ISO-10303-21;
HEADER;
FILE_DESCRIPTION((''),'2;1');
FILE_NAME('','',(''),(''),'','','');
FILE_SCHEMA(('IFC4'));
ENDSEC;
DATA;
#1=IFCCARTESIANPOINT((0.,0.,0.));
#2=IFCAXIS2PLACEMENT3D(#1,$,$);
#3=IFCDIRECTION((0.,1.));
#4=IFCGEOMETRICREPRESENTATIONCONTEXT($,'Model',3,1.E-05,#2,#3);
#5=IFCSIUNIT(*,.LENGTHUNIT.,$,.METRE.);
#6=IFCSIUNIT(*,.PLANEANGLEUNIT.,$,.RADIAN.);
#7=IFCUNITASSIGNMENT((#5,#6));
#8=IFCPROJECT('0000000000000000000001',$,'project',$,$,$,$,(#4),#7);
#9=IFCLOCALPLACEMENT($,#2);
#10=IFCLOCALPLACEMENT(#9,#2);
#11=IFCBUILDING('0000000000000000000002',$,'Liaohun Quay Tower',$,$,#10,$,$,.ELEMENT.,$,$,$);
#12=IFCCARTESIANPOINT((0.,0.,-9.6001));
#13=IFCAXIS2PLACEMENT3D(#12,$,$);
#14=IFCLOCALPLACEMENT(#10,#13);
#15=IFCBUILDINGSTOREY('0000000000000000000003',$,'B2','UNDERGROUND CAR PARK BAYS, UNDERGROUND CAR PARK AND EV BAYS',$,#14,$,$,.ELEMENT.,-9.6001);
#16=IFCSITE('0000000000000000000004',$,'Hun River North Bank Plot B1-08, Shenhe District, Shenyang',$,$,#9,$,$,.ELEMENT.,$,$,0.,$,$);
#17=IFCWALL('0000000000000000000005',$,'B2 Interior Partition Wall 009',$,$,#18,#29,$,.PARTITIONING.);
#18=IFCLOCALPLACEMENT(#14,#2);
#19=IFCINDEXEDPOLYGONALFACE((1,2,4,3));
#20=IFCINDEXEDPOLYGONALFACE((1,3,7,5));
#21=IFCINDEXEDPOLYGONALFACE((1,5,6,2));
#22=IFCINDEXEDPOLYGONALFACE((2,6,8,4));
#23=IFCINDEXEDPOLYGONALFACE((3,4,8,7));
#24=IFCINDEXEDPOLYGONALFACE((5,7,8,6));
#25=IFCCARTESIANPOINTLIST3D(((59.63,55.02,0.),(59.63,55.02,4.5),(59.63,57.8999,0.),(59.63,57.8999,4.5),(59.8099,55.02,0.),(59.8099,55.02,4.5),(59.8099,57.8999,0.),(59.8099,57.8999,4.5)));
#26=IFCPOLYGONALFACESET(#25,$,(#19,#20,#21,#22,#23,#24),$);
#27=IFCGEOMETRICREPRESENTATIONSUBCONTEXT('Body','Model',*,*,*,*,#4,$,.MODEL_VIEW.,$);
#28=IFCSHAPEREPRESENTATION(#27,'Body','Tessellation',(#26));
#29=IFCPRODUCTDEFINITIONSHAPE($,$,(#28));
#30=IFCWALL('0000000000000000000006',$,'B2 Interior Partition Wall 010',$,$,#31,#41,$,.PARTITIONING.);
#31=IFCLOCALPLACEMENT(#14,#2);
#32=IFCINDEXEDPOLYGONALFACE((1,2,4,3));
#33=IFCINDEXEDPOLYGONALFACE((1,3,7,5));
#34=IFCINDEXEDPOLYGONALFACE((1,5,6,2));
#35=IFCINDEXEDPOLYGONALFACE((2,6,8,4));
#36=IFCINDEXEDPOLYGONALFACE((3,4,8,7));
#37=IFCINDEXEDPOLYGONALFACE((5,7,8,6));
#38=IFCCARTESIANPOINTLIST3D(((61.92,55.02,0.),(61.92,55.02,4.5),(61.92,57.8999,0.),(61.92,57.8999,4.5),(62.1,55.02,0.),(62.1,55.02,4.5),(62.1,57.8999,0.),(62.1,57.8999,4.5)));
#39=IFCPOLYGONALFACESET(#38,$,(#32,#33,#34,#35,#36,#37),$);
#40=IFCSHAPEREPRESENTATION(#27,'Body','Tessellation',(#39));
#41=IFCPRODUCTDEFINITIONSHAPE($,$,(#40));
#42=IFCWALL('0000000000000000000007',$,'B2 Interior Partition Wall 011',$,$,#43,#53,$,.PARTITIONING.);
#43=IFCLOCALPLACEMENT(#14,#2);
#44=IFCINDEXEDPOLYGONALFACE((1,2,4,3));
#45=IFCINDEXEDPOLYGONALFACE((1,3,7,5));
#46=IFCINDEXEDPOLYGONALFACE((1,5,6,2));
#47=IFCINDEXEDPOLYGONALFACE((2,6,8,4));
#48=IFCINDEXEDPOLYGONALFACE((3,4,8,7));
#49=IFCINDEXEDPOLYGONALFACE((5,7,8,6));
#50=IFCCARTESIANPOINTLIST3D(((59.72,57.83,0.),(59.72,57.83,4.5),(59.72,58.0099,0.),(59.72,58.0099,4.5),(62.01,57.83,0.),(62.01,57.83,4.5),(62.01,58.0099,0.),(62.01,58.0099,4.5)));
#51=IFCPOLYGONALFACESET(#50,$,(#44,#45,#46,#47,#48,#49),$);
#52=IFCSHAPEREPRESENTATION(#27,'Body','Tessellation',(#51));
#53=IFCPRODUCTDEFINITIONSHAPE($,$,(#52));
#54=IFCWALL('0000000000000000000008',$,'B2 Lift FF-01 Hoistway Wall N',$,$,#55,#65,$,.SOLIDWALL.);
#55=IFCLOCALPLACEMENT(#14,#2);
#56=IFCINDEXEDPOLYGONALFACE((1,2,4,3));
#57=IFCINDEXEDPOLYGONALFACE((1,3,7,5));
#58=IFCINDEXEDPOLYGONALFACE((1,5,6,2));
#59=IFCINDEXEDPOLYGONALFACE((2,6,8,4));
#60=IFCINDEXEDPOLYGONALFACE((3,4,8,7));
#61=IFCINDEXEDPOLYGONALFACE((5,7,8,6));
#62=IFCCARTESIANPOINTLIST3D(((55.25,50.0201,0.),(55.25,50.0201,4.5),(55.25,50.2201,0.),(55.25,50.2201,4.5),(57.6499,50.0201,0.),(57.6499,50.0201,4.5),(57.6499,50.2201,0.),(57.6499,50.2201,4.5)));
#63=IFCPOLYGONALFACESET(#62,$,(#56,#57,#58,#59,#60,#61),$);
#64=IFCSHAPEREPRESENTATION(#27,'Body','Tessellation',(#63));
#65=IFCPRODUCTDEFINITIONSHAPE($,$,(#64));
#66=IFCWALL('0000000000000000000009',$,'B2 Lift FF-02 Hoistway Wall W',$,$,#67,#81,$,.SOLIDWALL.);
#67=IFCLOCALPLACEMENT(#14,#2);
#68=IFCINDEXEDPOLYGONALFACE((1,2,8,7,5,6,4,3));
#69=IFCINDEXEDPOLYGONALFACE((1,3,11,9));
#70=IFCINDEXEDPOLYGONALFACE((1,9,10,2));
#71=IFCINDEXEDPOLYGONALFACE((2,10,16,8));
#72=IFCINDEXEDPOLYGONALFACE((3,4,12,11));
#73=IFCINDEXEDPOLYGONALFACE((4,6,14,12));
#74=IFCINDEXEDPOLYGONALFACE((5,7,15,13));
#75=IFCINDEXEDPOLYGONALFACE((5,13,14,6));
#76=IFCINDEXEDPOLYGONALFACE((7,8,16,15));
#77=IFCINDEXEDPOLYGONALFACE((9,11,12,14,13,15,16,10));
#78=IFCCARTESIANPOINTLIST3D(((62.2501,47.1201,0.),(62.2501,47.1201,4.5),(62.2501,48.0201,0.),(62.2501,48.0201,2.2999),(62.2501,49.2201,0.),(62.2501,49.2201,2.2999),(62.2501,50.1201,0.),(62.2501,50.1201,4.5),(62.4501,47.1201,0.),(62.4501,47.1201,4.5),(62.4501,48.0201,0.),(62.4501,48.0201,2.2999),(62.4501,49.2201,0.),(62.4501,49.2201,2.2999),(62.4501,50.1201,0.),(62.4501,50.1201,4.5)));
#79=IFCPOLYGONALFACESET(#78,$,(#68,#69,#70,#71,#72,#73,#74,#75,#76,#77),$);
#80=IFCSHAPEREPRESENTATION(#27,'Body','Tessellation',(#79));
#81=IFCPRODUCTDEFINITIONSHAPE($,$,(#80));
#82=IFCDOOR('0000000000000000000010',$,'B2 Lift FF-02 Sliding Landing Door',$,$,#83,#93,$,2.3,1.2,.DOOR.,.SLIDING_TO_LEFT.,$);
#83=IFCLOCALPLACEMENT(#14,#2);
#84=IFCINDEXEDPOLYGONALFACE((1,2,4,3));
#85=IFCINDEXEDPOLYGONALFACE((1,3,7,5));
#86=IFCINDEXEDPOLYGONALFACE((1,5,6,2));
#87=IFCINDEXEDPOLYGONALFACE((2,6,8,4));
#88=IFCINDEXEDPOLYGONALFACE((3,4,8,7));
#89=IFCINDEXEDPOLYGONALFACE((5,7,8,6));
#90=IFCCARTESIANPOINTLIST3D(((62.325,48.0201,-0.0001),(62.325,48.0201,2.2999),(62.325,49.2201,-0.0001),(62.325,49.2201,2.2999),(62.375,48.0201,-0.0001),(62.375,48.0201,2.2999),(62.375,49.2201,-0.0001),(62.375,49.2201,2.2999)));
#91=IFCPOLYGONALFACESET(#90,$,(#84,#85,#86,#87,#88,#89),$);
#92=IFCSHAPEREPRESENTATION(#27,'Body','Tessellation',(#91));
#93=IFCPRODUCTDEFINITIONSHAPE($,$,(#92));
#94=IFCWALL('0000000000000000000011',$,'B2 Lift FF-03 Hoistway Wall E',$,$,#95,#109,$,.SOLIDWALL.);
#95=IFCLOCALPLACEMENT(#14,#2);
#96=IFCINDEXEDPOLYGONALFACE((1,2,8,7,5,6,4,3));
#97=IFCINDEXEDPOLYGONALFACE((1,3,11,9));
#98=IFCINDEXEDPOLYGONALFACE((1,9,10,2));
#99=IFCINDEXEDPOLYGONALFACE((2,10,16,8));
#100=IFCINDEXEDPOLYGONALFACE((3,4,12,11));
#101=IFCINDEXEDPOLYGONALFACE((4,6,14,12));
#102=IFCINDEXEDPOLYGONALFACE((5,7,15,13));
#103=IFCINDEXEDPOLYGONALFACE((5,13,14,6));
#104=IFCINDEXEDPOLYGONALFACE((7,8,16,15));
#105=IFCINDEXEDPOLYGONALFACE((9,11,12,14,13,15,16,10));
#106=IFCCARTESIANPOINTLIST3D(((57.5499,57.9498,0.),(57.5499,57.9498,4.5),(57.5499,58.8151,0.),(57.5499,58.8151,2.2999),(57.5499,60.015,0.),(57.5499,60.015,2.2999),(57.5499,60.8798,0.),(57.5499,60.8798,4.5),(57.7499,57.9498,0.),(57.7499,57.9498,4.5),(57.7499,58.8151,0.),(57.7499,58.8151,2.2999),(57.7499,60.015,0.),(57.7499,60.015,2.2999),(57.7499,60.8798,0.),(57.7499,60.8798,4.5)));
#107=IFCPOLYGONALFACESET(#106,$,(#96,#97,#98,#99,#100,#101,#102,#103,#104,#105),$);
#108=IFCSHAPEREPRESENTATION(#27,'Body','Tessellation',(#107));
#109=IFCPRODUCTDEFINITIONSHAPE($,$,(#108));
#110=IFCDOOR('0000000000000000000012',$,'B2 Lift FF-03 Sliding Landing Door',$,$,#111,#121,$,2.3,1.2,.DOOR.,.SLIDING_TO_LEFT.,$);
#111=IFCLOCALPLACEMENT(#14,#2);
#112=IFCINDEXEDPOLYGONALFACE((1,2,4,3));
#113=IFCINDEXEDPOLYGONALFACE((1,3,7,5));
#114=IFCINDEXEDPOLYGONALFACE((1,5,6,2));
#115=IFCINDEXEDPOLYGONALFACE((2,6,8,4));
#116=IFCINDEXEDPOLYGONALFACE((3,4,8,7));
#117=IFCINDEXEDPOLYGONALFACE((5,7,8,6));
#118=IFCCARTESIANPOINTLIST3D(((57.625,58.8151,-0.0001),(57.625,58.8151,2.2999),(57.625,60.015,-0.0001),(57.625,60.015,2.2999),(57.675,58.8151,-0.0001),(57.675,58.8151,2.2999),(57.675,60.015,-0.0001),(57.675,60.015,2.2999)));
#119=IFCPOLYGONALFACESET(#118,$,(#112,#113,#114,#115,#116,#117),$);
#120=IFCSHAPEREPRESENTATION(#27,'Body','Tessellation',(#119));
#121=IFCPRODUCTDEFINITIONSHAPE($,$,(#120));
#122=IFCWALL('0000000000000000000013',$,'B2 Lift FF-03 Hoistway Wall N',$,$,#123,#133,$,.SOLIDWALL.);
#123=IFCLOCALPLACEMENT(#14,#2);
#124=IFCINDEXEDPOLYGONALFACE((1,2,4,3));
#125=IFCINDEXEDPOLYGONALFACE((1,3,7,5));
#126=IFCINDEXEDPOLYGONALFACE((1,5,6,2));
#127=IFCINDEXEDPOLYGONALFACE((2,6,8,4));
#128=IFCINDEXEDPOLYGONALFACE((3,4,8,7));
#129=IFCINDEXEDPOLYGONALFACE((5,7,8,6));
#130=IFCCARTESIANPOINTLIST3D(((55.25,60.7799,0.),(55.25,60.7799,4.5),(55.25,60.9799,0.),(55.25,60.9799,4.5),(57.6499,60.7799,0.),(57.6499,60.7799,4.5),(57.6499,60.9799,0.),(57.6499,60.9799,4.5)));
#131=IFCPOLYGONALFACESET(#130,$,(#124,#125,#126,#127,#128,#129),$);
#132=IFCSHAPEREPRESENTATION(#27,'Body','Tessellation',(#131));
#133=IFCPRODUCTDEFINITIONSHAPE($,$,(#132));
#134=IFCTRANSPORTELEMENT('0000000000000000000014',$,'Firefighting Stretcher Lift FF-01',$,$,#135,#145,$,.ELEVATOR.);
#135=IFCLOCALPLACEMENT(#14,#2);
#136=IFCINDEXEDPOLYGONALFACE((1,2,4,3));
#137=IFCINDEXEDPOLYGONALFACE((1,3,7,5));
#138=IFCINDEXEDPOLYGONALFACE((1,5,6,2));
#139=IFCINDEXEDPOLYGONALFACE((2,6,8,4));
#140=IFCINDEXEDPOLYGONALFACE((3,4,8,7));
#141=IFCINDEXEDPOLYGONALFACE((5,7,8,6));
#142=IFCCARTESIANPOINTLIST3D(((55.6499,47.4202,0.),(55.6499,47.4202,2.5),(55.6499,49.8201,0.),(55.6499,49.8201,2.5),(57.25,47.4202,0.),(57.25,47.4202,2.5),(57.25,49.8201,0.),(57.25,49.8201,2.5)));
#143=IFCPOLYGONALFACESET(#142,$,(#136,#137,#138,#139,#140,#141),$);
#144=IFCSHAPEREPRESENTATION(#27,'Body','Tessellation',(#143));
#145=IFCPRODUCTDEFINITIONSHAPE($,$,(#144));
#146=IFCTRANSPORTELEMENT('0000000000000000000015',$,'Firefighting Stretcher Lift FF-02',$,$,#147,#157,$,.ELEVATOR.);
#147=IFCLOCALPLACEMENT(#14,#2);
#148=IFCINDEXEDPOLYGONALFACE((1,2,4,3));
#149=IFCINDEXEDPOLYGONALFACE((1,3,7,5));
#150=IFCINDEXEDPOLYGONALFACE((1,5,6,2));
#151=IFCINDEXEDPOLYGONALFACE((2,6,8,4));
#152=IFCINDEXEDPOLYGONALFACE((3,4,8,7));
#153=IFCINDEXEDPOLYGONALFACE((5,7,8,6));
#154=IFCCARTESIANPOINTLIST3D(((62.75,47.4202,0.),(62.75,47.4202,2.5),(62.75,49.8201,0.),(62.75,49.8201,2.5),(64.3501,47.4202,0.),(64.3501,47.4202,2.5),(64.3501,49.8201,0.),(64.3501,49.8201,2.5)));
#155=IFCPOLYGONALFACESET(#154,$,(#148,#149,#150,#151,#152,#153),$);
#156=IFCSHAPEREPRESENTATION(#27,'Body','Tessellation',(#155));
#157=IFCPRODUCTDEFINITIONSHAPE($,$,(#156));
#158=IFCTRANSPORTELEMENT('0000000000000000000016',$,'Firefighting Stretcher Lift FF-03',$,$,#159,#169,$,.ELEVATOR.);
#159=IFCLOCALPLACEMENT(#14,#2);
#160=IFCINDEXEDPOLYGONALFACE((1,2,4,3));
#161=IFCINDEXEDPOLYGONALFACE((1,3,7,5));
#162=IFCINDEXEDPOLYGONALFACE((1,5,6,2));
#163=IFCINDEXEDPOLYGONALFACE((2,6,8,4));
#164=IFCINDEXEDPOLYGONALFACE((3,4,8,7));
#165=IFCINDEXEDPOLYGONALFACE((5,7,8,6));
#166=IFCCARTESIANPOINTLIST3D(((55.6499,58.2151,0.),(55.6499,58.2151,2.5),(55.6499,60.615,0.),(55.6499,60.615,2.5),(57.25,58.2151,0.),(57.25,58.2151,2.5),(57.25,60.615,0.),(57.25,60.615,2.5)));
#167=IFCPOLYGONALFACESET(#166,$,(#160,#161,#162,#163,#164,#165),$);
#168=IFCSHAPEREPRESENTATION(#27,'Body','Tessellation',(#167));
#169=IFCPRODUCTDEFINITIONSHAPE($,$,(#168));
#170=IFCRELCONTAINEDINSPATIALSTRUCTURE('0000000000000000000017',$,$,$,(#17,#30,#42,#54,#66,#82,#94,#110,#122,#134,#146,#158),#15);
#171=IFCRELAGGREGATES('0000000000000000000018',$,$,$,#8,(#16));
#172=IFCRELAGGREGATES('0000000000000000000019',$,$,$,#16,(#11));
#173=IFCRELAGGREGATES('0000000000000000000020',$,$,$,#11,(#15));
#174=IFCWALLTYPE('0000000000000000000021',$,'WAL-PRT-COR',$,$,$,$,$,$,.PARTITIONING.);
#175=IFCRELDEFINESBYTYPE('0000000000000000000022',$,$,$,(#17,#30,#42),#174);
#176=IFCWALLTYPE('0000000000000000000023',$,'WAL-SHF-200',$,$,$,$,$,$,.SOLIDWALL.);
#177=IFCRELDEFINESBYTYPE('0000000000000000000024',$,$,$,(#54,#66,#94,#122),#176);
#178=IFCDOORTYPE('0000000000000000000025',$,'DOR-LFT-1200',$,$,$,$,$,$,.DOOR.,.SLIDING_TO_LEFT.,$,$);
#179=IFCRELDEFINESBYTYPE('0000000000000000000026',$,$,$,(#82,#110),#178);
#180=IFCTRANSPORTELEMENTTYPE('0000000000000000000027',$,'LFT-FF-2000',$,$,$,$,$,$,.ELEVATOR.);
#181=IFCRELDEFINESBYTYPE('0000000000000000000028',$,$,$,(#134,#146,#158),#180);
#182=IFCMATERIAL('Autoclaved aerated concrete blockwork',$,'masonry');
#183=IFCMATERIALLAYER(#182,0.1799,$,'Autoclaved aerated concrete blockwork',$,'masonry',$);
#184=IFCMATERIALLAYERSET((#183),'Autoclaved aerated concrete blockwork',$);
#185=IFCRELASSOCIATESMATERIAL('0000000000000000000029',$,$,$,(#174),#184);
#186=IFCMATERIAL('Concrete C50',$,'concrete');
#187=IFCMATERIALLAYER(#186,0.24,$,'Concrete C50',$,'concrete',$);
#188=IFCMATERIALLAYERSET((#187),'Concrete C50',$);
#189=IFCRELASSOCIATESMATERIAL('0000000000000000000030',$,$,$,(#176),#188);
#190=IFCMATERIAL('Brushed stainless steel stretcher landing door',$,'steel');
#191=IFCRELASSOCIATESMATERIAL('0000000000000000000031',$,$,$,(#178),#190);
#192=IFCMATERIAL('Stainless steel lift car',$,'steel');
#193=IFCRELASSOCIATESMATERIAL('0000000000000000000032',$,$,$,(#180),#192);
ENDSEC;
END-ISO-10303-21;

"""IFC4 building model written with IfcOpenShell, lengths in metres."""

from ifc_helpers import new_model, si_unit, direction, frame, frame_2d, origin, origin_2d, place, context, subcontext, project, spatial, rectangle, extrude, source, transform, mapped, material, layer, layer_set, type_object, element, fill, save


model = new_model("IFC4")

# Units and contexts
model_context = context("Model", 3, precision=1e-05, world=origin(), true_north=direction((0.0, 1.0)))
body_context = subcontext(model_context, "Body", "Model", "MODEL_VIEW")
ifc_project = project(units=[si_unit("LENGTHUNIT", "METRE"), si_unit("PLANEANGLEUNIT", "RADIAN")], contexts=[model_context])

# Site, building, storey
site_placement = place(None, origin())
site = spatial("IfcSite", under=ifc_project, at=site_placement, Name="Hun River North Bank Plot B1-08, Shenhe District, Shenyang", CompositionType="ELEMENT", RefElevation=0.0)
building_placement = place(site_placement, origin())
building = spatial("IfcBuilding", under=site, at=building_placement, Name="Liaohun Quay Tower", CompositionType="ELEMENT")
storey_placement = place(building_placement, frame((0.0, 0.0, -9.6001)))
storey = spatial("IfcBuildingStorey", under=building, at=storey_placement, Name="B2", Description="UNDERGROUND CAR PARK BAYS, UNDERGROUND CAR PARK AND EV BAYS", CompositionType="ELEMENT", Elevation=-9.6001)

# Shared definitions
ifc_material_1 = material(Name="Concrete C50", Category="concrete")

# Shared definitions
ifc_material_2 = material(Name="Autoclaved aerated concrete blockwork", Category="masonry")
ifc_layer_1 = layer(ifc_material_2, 0.1799, Name="Autoclaved aerated concrete blockwork", Category="masonry")
ifc_layer_set_1 = layer_set([ifc_layer_1], Name="Autoclaved aerated concrete blockwork")
wall_type_1 = type_object("IfcWallType", Name="WAL-PRT-COR", PredefinedType="PARTITIONING", material=ifc_layer_set_1)

# Walls
for number, where, z_axis, x_axis, name in (
    (1, (59.72, 55.02, 0.0), (0.0, 0.0, 1.0), (0.0, 1.0, 0.0), "B2 Interior Partition Wall 009"),
    (2, (62.01, 55.02, 0.0), (0.0, 0.0, 1.0), (0.0, 1.0, 0.0), "B2 Interior Partition Wall 010"),
):
    element("IfcWall", number, at=place(storey_placement, frame(where, z_axis=z_axis, x_axis=x_axis)), inside=storey, type_object=wall_type_1, Name=name, PredefinedType="PARTITIONING", context=body_context, shape_type="SweptSolid", body=[
        extrude(rectangle(XDim=2.8799, YDim=0.1799, at=frame_2d((1.4399, 0.0))), origin(), (0.0, 0.0, 1.0), 4.5),
    ])
wall_1_placement = place(storey_placement, frame((59.72, 57.9199, 0.0), z_axis=(0.0, 0.0, 1.0), x_axis=(1.0, 0.0, 0.0)))
element("IfcWall", 3, at=wall_1_placement, inside=storey, type_object=wall_type_1, Name="B2 Interior Partition Wall 011", PredefinedType="PARTITIONING", context=body_context, shape_type="SweptSolid", body=[
    extrude(rectangle(XDim=2.29, YDim=0.1799, at=frame_2d((1.145, 0.0))), origin(), (0.0, 0.0, 1.0), 4.5),
])
ifc_layer_2 = layer(ifc_material_1, 0.24, Name="Concrete C50", Category="concrete")
ifc_layer_set_2 = layer_set([ifc_layer_2], Name="Concrete C50")
wall_type_2 = type_object("IfcWallType", Name="WAL-SHF-200", PredefinedType="SOLIDWALL", material=ifc_layer_set_2)
wall_2_placement = place(storey_placement, frame((57.6499, 50.1201, 0.0), z_axis=(0.0, 0.0, 1.0), x_axis=(-1.0, 0.0, 0.0)))
element("IfcWall", 4, at=wall_2_placement, inside=storey, type_object=wall_type_2, Name="B2 Lift FF-01 Hoistway Wall N", PredefinedType="SOLIDWALL", context=body_context, shape_type="SweptSolid", body=[
    extrude(rectangle(XDim=2.3999, YDim=0.2, at=frame_2d((1.2, 0.0))), origin(), (0.0, 0.0, 1.0), 4.5),
])

# Walls, openings, doors
wall_3_placement = place(storey_placement, frame((62.3501, 50.1201, 0.0), z_axis=(0.0, 0.0, 1.0), x_axis=(0.0, -1.0, 0.0)))
wall_3 = element("IfcWall", 5, at=wall_3_placement, inside=storey, type_object=wall_type_2, Name="B2 Lift FF-02 Hoistway Wall W", PredefinedType="SOLIDWALL", context=body_context, shape_type="SweptSolid", body=[
    extrude(rectangle(XDim=3.0, YDim=0.2, at=frame_2d((1.5, 0.0))), origin(), (0.0, 0.0, 1.0), 4.5),
])
shared_shape_1 = source(origin(), body_context, "Body", "SweptSolid", [
    extrude(rectangle(XDim=1.2, YDim=2.3, at=frame_2d((0.6001, 1.1499))), frame((0.0, 0.1099, 0.0), z_axis=(0.0, -1.0, 0.0), x_axis=(1.0, 0.0, 0.0)), (0.0, 0.0, 1.0), 0.22),
])
opening_1_placement = place(wall_3_placement, frame((0.8999, 0.0, 0.0)))
opening_1 = element("IfcOpeningElement", 6, at=opening_1_placement, cuts=wall_3, PredefinedType="OPENING", context=body_context, shape_type="MappedRepresentation", body=[
    mapped(shared_shape_1, transform((0.0, 0.0, 0.0), x_axis=(1.0, 0.0, 0.0), y_axis=(0.0, 1.0, 0.0), z_axis=(0.0, 0.0, 1.0), scale=1.0)),
])
ifc_material_3 = material(Name="Brushed stainless steel stretcher landing door", Category="steel")
door_type_1 = type_object("IfcDoorType", Name="DOR-LFT-1200", OperationType="SLIDING_TO_LEFT", PredefinedType="DOOR", material=ifc_material_3)
shared_shape_2 = source(origin(), body_context, "Body", "SweptSolid", [
    extrude(rectangle(XDim=1.2, YDim=2.3, at=frame_2d((0.6001, 1.1499))), frame((0.0, 0.0249, 0.0), z_axis=(0.0, -1.0, 0.0), x_axis=(1.0, 0.0, 0.0)), (0.0, 0.0, 1.0), 0.05),
])
door_1_placement = place(opening_1_placement, origin())
door_1 = element("IfcDoor", 7, at=door_1_placement, inside=storey, type_object=door_type_1, Name="B2 Lift FF-02 Sliding Landing Door", OperationType="SLIDING_TO_LEFT", OverallHeight=2.3, OverallWidth=1.2, PredefinedType="DOOR", context=body_context, shape_type="MappedRepresentation", body=[
    mapped(shared_shape_2, transform((0.0, 0.0, 0.0), x_axis=(1.0, 0.0, 0.0), y_axis=(0.0, 1.0, 0.0), z_axis=(0.0, 0.0, 1.0), scale=1.0)),
])
fill(opening_1, door_1)
wall_4_placement = place(storey_placement, frame((57.6499, 57.95, 0.0), z_axis=(0.0, 0.0, 1.0), x_axis=(0.0, 1.0, 0.0)))
wall_4 = element("IfcWall", 8, at=wall_4_placement, inside=storey, type_object=wall_type_2, Name="B2 Lift FF-03 Hoistway Wall E", PredefinedType="SOLIDWALL", context=body_context, shape_type="SweptSolid", body=[
    extrude(rectangle(XDim=2.9299, YDim=0.2, at=frame_2d((1.4648, 0.0))), origin(), (0.0, 0.0, 1.0), 4.5),
])
opening_2_placement = place(wall_4_placement, frame((0.865, 0.0, 0.0)))
opening_2 = element("IfcOpeningElement", 9, at=opening_2_placement, cuts=wall_4, PredefinedType="OPENING", context=body_context, shape_type="MappedRepresentation", body=[
    mapped(shared_shape_1, transform((0.0, 0.0, 0.0), x_axis=(1.0, 0.0, 0.0), y_axis=(0.0, 1.0, 0.0), z_axis=(0.0, 0.0, 1.0), scale=1.0)),
])
door_2_placement = place(opening_2_placement, origin())
door_2 = element("IfcDoor", 10, at=door_2_placement, inside=storey, type_object=door_type_1, Name="B2 Lift FF-03 Sliding Landing Door", OperationType="SLIDING_TO_LEFT", OverallHeight=2.3, OverallWidth=1.2, PredefinedType="DOOR", context=body_context, shape_type="MappedRepresentation", body=[
    mapped(shared_shape_2, transform((0.0, 0.0, 0.0), x_axis=(1.0, 0.0, 0.0), y_axis=(0.0, 1.0, 0.0), z_axis=(0.0, 0.0, 1.0), scale=1.0)),
])
fill(opening_2, door_2)

# Wall
wall_5_placement = place(storey_placement, frame((57.6499, 60.8799, 0.0), z_axis=(0.0, 0.0, 1.0), x_axis=(-1.0, 0.0, 0.0)))
element("IfcWall", 11, at=wall_5_placement, inside=storey, type_object=wall_type_2, Name="B2 Lift FF-03 Hoistway Wall N", PredefinedType="SOLIDWALL", context=body_context, shape_type="SweptSolid", body=[
    extrude(rectangle(XDim=2.3999, YDim=0.2, at=frame_2d((1.2, 0.0))), origin(), (0.0, 0.0, 1.0), 4.5),
])

# Transport elements
ifc_material_4 = material(Name="Stainless steel lift car", Category="steel")
transport_element_type = type_object("IfcTransportElementType", Name="LFT-FF-2000", PredefinedType="ELEVATOR", material=ifc_material_4)
shared_shape_3 = source(origin(), body_context, "Body", "SweptSolid", [
    extrude(rectangle(XDim=1.6001, YDim=2.3999, at=origin_2d()), origin(), (0.0, 0.0, 1.0), 2.5),
])
for number, where, z_axis, x_axis, name in (
    (12, (56.45, 48.6201, 0.0), (0.0, 0.0, 1.0), (1.0, 0.0, 0.0), "Firefighting Stretcher Lift FF-01"),
    (13, (63.55, 48.6201, 0.0), (0.0, 0.0, 1.0), (1.0, 0.0, 0.0), "Firefighting Stretcher Lift FF-02"),
    (14, (56.45, 59.415, 0.0), (0.0, 0.0, 1.0), (1.0, 0.0, 0.0), "Firefighting Stretcher Lift FF-03"),
):
    element("IfcTransportElement", number, at=place(storey_placement, frame(where, z_axis=z_axis, x_axis=x_axis)), inside=storey, type_object=transport_element_type, Name=name, PredefinedType="ELEVATOR", context=body_context, shape_type="MappedRepresentation", body=[
        mapped(shared_shape_3, transform((0.0, 0.0, 0.0), x_axis=(1.0, 0.0, 0.0), y_axis=(0.0, 1.0, 0.0), z_axis=(0.0, 0.0, 1.0), scale=1.0)),
    ])

save(model, "model.ifc")
